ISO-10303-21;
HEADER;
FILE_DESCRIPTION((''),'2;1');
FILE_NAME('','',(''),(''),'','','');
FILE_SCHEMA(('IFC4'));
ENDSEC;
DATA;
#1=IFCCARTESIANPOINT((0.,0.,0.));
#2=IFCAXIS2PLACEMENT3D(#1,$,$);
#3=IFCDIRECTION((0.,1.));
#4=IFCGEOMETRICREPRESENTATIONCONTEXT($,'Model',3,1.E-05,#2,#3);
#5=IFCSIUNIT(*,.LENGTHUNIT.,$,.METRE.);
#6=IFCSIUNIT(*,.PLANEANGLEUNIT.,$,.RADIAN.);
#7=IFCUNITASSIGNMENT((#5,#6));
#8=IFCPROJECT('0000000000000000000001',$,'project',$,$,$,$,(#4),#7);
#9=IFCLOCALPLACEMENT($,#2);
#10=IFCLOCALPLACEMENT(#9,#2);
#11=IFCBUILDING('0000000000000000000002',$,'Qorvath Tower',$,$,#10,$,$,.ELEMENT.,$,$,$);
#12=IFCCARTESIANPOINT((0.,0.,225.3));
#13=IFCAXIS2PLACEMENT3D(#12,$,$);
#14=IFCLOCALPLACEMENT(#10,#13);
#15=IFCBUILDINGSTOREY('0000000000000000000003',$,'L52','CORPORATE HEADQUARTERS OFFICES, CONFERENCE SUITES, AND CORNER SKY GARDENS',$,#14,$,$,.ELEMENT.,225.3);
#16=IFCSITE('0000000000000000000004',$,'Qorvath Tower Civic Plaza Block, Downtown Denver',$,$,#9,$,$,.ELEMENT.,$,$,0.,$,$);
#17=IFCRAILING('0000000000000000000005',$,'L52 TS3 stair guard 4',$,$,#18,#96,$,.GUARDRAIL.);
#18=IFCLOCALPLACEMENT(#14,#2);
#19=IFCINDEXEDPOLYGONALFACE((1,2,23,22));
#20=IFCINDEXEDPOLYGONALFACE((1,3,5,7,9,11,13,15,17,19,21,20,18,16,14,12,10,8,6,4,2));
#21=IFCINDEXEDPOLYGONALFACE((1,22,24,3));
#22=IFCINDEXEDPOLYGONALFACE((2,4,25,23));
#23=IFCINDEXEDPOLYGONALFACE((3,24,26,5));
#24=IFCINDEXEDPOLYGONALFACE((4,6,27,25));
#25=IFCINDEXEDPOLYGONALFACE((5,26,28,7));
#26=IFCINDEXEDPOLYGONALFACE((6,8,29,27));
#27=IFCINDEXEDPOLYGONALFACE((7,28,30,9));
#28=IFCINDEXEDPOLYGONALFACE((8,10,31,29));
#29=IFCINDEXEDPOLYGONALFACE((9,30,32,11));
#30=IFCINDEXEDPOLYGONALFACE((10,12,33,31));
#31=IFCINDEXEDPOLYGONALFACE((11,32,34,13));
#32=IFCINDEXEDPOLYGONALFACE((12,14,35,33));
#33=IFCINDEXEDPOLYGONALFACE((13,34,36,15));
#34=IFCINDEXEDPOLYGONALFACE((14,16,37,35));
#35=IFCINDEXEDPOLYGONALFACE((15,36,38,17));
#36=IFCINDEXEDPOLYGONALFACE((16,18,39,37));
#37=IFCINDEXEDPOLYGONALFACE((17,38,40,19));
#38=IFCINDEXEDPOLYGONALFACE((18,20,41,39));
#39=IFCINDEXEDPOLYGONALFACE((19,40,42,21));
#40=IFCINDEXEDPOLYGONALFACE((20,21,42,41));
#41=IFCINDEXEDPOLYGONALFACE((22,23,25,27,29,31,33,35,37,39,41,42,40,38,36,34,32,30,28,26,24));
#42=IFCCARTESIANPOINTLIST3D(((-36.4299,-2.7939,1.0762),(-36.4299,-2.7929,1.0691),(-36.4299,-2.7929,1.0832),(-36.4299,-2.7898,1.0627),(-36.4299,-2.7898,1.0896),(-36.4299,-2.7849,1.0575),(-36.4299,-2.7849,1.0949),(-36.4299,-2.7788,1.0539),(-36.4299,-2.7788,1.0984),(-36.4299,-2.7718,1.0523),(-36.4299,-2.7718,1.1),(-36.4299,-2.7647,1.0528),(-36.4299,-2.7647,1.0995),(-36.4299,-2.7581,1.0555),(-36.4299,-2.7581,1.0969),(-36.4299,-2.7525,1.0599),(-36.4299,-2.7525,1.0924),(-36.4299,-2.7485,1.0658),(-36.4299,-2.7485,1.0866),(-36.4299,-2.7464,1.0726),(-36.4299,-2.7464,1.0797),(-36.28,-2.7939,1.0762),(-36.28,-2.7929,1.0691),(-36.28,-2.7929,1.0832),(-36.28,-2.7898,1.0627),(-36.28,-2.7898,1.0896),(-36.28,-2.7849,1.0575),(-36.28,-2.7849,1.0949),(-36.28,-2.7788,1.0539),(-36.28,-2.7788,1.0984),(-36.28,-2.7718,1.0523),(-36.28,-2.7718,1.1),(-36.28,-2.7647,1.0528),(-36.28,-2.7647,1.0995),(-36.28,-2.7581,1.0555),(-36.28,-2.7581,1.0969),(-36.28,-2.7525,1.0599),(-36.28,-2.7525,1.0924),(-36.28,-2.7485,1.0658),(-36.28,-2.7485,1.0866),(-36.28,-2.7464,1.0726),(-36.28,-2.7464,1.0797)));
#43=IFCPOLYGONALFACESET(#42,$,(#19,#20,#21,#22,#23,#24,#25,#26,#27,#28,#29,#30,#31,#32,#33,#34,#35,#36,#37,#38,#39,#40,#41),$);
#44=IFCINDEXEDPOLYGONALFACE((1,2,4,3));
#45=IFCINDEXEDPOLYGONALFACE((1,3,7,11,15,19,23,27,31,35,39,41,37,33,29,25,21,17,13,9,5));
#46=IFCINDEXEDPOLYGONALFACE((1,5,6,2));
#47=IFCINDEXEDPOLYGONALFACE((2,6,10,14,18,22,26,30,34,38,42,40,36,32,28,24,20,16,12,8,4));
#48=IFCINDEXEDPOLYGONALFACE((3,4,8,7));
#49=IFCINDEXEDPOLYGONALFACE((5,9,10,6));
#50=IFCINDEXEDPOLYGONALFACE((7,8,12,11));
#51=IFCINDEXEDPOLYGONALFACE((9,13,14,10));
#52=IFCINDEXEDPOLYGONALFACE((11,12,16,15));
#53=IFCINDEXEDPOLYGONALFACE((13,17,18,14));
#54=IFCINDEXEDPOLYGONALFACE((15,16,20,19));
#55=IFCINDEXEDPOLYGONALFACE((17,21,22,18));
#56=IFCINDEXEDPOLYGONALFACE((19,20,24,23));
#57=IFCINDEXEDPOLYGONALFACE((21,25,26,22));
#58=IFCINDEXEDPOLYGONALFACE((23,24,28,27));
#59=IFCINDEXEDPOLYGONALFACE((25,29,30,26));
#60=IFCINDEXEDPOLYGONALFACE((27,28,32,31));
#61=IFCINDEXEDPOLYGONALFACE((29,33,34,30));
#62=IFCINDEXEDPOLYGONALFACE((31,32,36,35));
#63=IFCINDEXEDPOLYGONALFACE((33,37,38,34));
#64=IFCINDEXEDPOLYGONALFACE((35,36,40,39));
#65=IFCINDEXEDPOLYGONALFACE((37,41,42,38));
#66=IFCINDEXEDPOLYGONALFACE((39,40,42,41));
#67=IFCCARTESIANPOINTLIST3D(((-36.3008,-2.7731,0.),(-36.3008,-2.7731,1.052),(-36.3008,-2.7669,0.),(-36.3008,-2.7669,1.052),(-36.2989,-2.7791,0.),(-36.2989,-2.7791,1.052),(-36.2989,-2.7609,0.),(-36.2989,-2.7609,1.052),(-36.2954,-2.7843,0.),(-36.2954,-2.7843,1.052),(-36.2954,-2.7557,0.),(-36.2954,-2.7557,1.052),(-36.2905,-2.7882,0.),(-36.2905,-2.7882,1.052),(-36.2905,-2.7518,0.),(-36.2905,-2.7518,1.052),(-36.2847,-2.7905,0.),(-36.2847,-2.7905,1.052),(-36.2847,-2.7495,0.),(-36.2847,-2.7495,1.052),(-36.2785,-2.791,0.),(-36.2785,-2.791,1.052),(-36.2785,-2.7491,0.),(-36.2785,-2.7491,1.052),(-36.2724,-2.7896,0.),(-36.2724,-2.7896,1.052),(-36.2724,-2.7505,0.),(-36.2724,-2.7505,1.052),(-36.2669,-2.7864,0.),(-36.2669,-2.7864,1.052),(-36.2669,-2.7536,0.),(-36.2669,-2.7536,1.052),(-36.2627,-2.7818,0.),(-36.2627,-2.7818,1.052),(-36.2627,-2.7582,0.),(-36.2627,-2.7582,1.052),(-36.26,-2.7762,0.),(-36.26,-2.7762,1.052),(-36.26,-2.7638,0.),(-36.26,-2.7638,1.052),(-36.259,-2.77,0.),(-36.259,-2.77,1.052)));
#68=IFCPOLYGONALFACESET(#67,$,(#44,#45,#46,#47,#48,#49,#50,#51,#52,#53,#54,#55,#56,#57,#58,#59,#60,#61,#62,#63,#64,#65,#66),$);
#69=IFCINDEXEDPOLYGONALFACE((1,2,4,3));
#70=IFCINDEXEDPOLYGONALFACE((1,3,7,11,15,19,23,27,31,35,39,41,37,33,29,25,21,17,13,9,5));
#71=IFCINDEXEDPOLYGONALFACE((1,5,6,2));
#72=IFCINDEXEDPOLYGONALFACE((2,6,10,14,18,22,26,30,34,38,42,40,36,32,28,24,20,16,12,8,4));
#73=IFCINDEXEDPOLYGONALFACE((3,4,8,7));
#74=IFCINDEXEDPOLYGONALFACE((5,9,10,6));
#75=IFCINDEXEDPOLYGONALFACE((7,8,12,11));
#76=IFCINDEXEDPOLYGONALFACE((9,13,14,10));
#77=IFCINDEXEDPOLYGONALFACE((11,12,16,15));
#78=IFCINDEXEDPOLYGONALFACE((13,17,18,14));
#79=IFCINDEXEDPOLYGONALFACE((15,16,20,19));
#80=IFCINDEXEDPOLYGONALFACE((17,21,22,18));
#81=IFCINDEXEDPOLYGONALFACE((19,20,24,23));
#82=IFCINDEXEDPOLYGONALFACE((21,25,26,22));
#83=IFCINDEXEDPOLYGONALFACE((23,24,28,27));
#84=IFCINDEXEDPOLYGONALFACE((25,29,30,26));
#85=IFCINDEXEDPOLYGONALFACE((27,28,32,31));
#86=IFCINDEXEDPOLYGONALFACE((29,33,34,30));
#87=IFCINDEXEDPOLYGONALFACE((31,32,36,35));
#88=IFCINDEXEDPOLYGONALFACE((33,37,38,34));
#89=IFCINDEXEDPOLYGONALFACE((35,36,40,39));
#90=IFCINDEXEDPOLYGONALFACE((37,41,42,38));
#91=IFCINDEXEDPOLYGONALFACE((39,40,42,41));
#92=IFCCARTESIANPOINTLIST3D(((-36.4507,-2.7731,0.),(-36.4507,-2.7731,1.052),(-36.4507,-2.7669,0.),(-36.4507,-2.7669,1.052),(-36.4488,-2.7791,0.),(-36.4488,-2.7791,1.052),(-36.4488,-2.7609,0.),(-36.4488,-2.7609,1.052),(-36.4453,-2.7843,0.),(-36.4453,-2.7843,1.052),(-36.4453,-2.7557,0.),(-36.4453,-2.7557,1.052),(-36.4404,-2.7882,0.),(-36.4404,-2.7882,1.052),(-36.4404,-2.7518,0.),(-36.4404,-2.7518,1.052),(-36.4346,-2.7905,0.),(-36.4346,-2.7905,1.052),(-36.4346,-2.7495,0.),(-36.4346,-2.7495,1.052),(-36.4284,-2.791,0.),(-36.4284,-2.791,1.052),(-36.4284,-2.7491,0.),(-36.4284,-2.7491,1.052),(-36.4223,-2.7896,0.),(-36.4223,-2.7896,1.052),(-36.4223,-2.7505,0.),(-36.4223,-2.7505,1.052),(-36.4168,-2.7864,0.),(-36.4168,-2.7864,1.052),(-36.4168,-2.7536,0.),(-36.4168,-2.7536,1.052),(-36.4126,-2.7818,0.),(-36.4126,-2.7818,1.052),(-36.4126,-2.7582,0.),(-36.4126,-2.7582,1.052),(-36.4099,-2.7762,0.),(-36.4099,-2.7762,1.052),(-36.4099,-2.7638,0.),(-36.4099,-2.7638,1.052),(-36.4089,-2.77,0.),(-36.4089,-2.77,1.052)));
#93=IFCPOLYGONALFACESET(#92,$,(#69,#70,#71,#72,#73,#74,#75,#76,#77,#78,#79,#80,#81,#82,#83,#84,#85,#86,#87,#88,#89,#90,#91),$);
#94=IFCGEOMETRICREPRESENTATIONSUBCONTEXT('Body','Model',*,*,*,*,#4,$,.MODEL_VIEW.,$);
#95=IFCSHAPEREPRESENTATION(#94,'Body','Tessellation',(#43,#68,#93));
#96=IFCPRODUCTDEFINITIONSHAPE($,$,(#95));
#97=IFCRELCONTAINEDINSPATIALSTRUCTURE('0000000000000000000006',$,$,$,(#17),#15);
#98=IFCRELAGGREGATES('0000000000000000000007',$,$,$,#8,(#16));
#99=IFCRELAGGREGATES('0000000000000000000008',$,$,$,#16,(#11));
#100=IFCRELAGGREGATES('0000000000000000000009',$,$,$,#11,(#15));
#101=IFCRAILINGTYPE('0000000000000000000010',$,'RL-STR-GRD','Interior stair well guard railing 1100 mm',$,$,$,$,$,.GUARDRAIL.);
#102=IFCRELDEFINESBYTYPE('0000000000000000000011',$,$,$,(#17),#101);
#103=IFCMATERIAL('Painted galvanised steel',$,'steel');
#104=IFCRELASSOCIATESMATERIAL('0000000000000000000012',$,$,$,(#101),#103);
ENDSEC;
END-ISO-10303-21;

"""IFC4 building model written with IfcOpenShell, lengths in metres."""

from ifc_helpers import new_model, si_unit, direction, frame, origin, origin_2d, place, context, subcontext, project, spatial, circle, extrude, material, type_object, element, save


model = new_model("IFC4")

# Units and contexts
model_context = context("Model", 3, precision=1e-05, world=origin(), true_north=direction((0.0, 1.0)))
body_context = subcontext(model_context, "Body", "Model", "MODEL_VIEW")
ifc_project = project(units=[si_unit("LENGTHUNIT", "METRE"), si_unit("PLANEANGLEUNIT", "RADIAN")], contexts=[model_context])

# Site, building, storey
site_placement = place(None, origin())
site = spatial("IfcSite", under=ifc_project, at=site_placement, Name="Qorvath Tower Civic Plaza Block, Downtown Denver", CompositionType="ELEMENT", RefElevation=0.0)
building_placement = place(site_placement, origin())
building = spatial("IfcBuilding", under=site, at=building_placement, Name="Qorvath Tower", CompositionType="ELEMENT")
storey_placement = place(building_placement, frame((0.0, 0.0, 225.3)))
storey = spatial("IfcBuildingStorey", under=building, at=storey_placement, Name="L52", Description="CORPORATE HEADQUARTERS OFFICES, CONFERENCE SUITES, AND CORNER SKY GARDENS", CompositionType="ELEMENT", Elevation=225.3)

# Railing
ifc_material_1 = material(Name="Painted galvanised steel", Category="steel")
railing_type_1 = type_object("IfcRailingType", Name="RL-STR-GRD", Description="Interior stair well guard railing 1100 mm", PredefinedType="GUARDRAIL", material=ifc_material_1)
railing_1_placement = place(storey_placement, frame((-36.28, -2.77, 0.0)))
element("IfcRailing", 1, at=railing_1_placement, inside=storey, type_object=railing_type_1, Name="L52 TS3 stair guard 4", PredefinedType="GUARDRAIL", context=body_context, shape_type="SweptSolid", body=[
    extrude(circle(Radius=0.0239, at=origin_2d()), frame((0.0, 0.0, 1.0762), z_axis=(-1.0, 0.0, 0.0), x_axis=(0.0, -1.0, 0.0)), (0.0, 0.0, 1.0), 0.1499),
    extrude(circle(Radius=0.021, at=origin_2d()), origin(), (0.0, 0.0, 1.0), 1.052),
    extrude(circle(Radius=0.021, at=origin_2d()), frame((-0.1499, 0.0, 0.0)), (0.0, 0.0, 1.0), 1.052),
])

save(model, "model.ifc")
